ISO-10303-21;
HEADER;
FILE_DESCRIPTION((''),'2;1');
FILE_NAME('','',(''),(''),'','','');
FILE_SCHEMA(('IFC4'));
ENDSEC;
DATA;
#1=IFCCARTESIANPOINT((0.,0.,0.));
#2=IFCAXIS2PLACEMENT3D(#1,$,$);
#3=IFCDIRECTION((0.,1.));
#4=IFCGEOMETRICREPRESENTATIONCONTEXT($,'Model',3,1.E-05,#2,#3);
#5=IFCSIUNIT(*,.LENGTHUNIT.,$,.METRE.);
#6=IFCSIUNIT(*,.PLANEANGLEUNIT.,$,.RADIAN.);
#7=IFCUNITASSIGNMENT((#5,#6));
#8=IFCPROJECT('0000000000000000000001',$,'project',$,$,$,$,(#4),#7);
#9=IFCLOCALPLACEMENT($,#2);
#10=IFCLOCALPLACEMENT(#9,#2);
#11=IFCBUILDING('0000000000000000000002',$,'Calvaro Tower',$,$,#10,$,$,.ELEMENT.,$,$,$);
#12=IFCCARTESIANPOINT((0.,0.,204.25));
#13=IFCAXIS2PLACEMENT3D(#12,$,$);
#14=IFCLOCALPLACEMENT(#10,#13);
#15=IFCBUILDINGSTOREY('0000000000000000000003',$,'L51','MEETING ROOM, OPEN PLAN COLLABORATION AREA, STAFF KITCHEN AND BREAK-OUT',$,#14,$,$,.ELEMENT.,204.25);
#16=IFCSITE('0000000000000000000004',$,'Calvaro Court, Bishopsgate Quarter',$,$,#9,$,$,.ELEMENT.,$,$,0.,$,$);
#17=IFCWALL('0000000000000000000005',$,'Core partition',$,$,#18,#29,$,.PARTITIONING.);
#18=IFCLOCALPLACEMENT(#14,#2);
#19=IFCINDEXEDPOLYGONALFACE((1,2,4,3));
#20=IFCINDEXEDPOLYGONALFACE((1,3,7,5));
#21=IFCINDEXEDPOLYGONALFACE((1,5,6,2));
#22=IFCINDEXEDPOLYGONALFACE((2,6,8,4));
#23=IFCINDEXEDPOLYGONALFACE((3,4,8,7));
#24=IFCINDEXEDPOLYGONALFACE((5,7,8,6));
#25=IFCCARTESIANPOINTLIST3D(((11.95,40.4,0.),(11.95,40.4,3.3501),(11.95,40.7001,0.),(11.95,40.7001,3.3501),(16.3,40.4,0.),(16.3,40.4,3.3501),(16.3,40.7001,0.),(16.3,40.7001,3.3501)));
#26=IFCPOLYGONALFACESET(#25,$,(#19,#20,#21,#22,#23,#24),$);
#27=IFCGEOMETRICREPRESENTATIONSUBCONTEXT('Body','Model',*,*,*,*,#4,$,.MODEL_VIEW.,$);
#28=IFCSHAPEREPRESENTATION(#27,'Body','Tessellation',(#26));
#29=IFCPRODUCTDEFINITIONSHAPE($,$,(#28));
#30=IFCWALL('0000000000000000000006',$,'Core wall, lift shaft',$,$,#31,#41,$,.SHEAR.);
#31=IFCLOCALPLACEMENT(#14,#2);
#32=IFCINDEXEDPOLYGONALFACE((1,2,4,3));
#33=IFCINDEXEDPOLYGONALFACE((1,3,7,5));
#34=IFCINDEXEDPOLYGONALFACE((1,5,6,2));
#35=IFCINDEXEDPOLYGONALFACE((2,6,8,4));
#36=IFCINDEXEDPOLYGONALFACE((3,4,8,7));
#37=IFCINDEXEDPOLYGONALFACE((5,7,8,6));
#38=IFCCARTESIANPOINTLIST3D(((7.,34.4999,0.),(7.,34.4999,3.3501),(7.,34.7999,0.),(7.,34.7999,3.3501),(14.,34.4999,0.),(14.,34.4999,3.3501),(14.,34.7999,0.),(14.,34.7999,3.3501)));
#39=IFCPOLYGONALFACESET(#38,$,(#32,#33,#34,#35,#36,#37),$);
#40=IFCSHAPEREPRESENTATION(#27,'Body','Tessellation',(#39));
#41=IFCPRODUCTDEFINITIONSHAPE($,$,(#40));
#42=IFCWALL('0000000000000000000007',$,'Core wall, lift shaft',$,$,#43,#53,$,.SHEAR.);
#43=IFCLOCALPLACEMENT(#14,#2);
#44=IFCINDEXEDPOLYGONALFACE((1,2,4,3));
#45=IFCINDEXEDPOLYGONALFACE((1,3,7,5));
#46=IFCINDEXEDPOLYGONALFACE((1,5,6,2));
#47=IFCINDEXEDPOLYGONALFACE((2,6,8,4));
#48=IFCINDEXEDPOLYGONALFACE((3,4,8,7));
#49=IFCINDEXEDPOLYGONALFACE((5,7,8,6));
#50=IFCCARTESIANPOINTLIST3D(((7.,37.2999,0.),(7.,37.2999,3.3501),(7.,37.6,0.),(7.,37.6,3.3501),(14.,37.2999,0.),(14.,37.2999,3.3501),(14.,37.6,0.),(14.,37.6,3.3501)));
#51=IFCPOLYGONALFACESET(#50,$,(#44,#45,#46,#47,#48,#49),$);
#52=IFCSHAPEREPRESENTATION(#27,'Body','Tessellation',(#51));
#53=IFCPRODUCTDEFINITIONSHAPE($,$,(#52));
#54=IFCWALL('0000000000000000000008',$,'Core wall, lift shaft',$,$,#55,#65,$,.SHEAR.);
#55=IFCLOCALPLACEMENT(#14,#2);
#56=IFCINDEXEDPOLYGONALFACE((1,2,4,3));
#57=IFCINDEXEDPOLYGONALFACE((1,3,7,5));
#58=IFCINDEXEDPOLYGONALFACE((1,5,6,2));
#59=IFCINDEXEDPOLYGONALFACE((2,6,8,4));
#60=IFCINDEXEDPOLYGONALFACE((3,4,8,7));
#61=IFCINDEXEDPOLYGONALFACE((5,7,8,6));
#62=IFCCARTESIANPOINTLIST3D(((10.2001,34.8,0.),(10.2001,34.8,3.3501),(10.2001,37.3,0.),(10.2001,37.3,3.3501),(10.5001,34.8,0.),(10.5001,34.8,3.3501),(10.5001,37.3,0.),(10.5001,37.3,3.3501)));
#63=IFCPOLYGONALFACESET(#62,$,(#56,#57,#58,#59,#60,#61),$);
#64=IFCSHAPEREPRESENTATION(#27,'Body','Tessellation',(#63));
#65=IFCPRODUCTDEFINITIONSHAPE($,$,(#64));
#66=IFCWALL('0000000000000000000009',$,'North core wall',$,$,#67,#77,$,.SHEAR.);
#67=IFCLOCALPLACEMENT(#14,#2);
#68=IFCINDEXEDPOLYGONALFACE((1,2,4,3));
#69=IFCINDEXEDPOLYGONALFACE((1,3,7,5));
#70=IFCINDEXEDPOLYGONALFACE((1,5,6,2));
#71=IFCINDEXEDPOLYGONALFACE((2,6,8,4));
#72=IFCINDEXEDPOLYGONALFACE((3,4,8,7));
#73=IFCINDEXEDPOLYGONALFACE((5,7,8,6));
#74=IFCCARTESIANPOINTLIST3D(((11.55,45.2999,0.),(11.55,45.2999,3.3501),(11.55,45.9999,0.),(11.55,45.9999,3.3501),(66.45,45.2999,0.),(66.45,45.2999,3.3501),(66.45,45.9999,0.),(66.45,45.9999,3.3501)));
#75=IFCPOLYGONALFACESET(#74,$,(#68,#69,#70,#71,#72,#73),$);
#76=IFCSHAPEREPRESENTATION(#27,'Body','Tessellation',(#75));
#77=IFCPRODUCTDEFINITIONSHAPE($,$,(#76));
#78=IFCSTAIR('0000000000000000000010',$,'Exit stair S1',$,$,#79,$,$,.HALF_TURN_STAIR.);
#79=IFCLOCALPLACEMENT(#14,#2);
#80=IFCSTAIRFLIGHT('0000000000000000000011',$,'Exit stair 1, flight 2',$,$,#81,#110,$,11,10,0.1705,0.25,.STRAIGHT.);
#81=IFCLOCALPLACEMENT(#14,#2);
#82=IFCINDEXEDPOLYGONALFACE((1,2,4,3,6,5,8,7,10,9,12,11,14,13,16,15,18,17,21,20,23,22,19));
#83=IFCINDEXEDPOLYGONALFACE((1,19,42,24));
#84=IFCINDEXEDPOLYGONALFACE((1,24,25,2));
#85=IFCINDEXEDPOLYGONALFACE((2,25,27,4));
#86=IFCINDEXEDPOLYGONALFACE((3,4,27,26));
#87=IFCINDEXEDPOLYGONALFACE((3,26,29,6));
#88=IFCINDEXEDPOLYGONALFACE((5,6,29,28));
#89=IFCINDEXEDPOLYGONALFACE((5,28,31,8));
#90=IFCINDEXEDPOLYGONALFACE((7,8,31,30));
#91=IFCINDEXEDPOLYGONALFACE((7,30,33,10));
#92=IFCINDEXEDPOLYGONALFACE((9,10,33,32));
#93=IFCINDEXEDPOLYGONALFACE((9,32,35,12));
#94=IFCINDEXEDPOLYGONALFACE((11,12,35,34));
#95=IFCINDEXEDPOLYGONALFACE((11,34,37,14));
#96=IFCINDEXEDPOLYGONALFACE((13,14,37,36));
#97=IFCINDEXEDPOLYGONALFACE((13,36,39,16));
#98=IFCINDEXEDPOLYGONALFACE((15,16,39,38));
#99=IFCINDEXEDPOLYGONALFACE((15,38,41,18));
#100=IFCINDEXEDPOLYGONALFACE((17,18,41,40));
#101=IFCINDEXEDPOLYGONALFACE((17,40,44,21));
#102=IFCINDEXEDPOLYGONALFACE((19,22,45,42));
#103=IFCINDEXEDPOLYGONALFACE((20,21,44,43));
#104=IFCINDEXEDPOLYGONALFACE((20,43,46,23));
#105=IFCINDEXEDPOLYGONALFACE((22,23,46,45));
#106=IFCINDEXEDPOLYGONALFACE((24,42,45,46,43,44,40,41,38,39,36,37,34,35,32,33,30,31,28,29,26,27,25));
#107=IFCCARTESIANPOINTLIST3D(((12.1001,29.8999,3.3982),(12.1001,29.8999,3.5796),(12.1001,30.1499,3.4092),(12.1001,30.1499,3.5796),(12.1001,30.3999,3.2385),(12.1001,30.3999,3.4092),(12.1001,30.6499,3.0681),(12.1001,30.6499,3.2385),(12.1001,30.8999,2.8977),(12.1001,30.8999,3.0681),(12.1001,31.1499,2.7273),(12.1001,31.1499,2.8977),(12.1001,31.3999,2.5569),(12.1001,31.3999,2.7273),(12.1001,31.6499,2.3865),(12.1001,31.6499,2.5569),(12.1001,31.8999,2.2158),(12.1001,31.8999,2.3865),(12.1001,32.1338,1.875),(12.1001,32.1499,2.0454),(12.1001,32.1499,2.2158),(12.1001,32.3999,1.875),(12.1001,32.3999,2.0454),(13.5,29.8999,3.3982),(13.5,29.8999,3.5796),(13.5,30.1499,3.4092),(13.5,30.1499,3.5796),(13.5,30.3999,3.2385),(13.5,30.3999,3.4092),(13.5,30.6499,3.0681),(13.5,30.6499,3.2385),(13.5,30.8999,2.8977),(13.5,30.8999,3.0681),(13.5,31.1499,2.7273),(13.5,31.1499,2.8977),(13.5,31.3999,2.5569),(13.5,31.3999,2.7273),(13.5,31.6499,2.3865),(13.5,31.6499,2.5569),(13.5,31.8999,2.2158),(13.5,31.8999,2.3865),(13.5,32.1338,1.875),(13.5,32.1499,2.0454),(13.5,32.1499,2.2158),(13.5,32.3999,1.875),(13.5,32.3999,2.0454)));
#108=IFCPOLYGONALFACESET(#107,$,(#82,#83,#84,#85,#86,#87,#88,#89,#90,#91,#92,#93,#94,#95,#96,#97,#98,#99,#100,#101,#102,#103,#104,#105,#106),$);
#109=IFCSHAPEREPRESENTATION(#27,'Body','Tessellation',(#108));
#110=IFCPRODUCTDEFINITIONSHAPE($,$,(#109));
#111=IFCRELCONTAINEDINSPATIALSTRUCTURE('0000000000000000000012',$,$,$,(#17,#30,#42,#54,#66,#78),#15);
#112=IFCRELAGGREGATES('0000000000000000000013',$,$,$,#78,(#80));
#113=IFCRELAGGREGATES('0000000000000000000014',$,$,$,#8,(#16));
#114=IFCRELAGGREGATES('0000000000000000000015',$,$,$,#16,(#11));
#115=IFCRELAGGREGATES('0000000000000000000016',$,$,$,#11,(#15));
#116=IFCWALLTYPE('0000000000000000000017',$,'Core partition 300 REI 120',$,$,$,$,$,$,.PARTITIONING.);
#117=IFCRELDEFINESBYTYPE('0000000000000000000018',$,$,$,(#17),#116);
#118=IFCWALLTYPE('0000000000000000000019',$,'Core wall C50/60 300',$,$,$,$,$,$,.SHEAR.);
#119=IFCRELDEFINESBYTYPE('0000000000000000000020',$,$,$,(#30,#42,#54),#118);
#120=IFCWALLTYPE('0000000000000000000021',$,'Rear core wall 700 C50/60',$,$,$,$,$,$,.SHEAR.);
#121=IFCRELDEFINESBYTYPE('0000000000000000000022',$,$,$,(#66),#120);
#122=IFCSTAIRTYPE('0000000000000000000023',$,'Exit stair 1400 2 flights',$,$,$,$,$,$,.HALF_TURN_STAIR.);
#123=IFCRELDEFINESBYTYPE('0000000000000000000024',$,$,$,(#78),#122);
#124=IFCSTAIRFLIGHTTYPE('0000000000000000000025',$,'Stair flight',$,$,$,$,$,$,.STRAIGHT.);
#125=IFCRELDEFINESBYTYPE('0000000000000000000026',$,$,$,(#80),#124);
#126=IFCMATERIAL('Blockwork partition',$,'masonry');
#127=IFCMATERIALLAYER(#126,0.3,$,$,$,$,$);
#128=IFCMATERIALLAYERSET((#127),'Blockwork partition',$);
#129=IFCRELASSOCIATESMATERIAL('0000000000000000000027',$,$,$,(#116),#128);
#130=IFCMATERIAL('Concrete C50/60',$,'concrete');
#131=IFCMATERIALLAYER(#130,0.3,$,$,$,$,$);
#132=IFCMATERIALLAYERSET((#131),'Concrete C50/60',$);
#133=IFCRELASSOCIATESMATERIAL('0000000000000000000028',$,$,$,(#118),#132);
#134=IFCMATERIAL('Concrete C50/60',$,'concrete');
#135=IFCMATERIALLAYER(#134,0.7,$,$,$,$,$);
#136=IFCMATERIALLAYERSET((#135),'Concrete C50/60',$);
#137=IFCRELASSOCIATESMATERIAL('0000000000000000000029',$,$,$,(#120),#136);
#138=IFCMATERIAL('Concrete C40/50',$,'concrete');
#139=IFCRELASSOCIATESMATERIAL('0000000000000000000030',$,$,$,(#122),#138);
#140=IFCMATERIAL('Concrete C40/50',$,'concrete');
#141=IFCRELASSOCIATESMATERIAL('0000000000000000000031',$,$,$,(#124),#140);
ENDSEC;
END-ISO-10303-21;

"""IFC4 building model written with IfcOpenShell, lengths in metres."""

from ifc_helpers import new_model, si_unit, direction, frame, frame_2d, origin, place, context, subcontext, project, spatial, polyline, rectangle, outline, extrude, material, layer, layer_set, type_object, element, aggregate, save


model = new_model("IFC4")

# Units and contexts
model_context = context("Model", 3, precision=1e-05, world=origin(), true_north=direction((0.0, 1.0)))
body_context = subcontext(model_context, "Body", "Model", "MODEL_VIEW")
ifc_project = project(units=[si_unit("LENGTHUNIT", "METRE"), si_unit("PLANEANGLEUNIT", "RADIAN")], contexts=[model_context])

# Site, building, storey
site_placement = place(None, origin())
site = spatial("IfcSite", under=ifc_project, at=site_placement, Name="Calvaro Court, Bishopsgate Quarter", CompositionType="ELEMENT", RefElevation=0.0)
building_placement = place(site_placement, origin())
building = spatial("IfcBuilding", under=site, at=building_placement, Name="Calvaro Tower", CompositionType="ELEMENT")
storey_placement = place(building_placement, frame((0.0, 0.0, 204.25)))
storey = spatial("IfcBuildingStorey", under=building, at=storey_placement, Name="L51", Description="MEETING ROOM, OPEN PLAN COLLABORATION AREA, STAFF KITCHEN AND BREAK-OUT", CompositionType="ELEMENT", Elevation=204.25)

# Walls
ifc_material_1 = material(Name="Blockwork partition", Category="masonry")
ifc_layer_1 = layer(ifc_material_1, 0.3)
ifc_layer_set_1 = layer_set([ifc_layer_1], Name="Blockwork partition")
wall_type_1 = type_object("IfcWallType", Name="Core partition 300 REI 120", PredefinedType="PARTITIONING", material=ifc_layer_set_1)
wall_1_placement = place(storey_placement, frame((11.95, 40.55, 0.0), z_axis=(0.0, 0.0, 1.0), x_axis=(1.0, 0.0, 0.0)))
element("IfcWall", 1, at=wall_1_placement, inside=storey, type_object=wall_type_1, Name="Core partition", PredefinedType="PARTITIONING", context=body_context, shape_type="SweptSolid", body=[
    extrude(rectangle(XDim=4.3501, YDim=0.3, at=frame_2d((2.175, 0.0))), origin(), (0.0, 0.0, 1.0), 3.3501),
])
ifc_material_2 = material(Name="Concrete C50/60", Category="concrete")
ifc_layer_2 = layer(ifc_material_2, 0.3)
ifc_layer_set_2 = layer_set([ifc_layer_2], Name="Concrete C50/60")
wall_type_2 = type_object("IfcWallType", Name="Core wall C50/60 300", PredefinedType="SHEAR", material=ifc_layer_set_2)
for number, where, z_axis, x_axis, name in (
    (2, (7.0, 34.6499, 0.0), (0.0, 0.0, 1.0), (1.0, 0.0, 0.0), "Core wall, lift shaft"),
    (3, (7.0, 37.45, 0.0), (0.0, 0.0, 1.0), (1.0, 0.0, 0.0), "Core wall, lift shaft"),
):
    element("IfcWall", number, at=place(storey_placement, frame(where, z_axis=z_axis, x_axis=x_axis)), inside=storey, type_object=wall_type_2, Name=name, PredefinedType="SHEAR", context=body_context, shape_type="SweptSolid", body=[
        extrude(rectangle(XDim=7.0, YDim=0.3, at=frame_2d((3.5, 0.0))), origin(), (0.0, 0.0, 1.0), 3.3501),
    ])
wall_2_placement = place(storey_placement, frame((10.3501, 34.8, 0.0), z_axis=(0.0, 0.0, 1.0), x_axis=(0.0, 1.0, 0.0)))
element("IfcWall", 4, at=wall_2_placement, inside=storey, type_object=wall_type_2, Name="Core wall, lift shaft", PredefinedType="SHEAR", context=body_context, shape_type="SweptSolid", body=[
    extrude(rectangle(XDim=2.5, YDim=0.3, at=frame_2d((1.25, 0.0))), origin(), (0.0, 0.0, 1.0), 3.3501),
])
ifc_material_3 = material(Name="Concrete C50/60", Category="concrete")
ifc_layer_3 = layer(ifc_material_3, 0.7)
ifc_layer_set_3 = layer_set([ifc_layer_3], Name="Concrete C50/60")
wall_type_3 = type_object("IfcWallType", Name="Rear core wall 700 C50/60", PredefinedType="SHEAR", material=ifc_layer_set_3)
wall_3_placement = place(storey_placement, frame((11.55, 45.6499, 0.0), z_axis=(0.0, 0.0, 1.0), x_axis=(1.0, 0.0, 0.0)))
element("IfcWall", 5, at=wall_3_placement, inside=storey, type_object=wall_type_3, Name="North core wall", PredefinedType="SHEAR", context=body_context, shape_type="SweptSolid", body=[
    extrude(rectangle(XDim=54.8999, YDim=0.7, at=frame_2d((27.45, 0.0))), origin(), (0.0, 0.0, 1.0), 3.3501),
])

# Stair, stair flight
ifc_material_4 = material(Name="Concrete C40/50", Category="concrete")
stair_type = type_object("IfcStairType", Name="Exit stair 1400 2 flights", PredefinedType="HALF_TURN_STAIR", material=ifc_material_4)
stair_placement = place(storey_placement, origin())
stair = element("IfcStair", 6, at=stair_placement, inside=storey, type_object=stair_type, Name="Exit stair S1", PredefinedType="HALF_TURN_STAIR")
ifc_material_5 = material(Name="Concrete C40/50", Category="concrete")
stair_flight_type = type_object("IfcStairFlightType", Name="Stair flight", PredefinedType="STRAIGHT", material=ifc_material_5)
stair_flight_placement = place(storey_placement, frame((12.8, 32.3999, 1.875), z_axis=(0.0, 0.0, 1.0), x_axis=(0.0, -1.0, 0.0)))
stair_flight = element("IfcStairFlight", 7, at=stair_flight_placement, type_object=stair_flight_type, Name="Exit stair 1, flight 2", NumberOfRisers=11, NumberOfTreads=10, PredefinedType="STRAIGHT", RiserHeight=0.1705, TreadLength=0.25, context=body_context, shape_type="SweptSolid", body=[
    extrude(outline(polyline([(0.0, 0.0), (0.0, 0.1704), (0.25, 0.1704), (0.25, 0.3408), (0.5, 0.3408), (0.5, 0.5115), (0.75, 0.5115), (0.75, 0.6819), (1.0, 0.6819), (1.0, 0.8523), (1.25, 0.8523), (1.25, 1.0227), (1.5, 1.0227), (1.5, 1.1931), (1.75, 1.1931), (1.75, 1.3635), (2.0, 1.3635), (2.0, 1.5342), (2.25, 1.5342), (2.25, 1.7046), (2.5, 1.7046), (2.5, 1.875), (2.5, 1.5232), (0.2661, 0.0), (0.0, 0.0)])), frame((0.0, 0.7, 0.0), z_axis=(0.0, -1.0, 0.0), x_axis=(1.0, 0.0, 0.0)), (0.0, 0.0, 1.0), 1.3999),
])
aggregate(stair, [stair_flight])

save(model, "model.ifc")
